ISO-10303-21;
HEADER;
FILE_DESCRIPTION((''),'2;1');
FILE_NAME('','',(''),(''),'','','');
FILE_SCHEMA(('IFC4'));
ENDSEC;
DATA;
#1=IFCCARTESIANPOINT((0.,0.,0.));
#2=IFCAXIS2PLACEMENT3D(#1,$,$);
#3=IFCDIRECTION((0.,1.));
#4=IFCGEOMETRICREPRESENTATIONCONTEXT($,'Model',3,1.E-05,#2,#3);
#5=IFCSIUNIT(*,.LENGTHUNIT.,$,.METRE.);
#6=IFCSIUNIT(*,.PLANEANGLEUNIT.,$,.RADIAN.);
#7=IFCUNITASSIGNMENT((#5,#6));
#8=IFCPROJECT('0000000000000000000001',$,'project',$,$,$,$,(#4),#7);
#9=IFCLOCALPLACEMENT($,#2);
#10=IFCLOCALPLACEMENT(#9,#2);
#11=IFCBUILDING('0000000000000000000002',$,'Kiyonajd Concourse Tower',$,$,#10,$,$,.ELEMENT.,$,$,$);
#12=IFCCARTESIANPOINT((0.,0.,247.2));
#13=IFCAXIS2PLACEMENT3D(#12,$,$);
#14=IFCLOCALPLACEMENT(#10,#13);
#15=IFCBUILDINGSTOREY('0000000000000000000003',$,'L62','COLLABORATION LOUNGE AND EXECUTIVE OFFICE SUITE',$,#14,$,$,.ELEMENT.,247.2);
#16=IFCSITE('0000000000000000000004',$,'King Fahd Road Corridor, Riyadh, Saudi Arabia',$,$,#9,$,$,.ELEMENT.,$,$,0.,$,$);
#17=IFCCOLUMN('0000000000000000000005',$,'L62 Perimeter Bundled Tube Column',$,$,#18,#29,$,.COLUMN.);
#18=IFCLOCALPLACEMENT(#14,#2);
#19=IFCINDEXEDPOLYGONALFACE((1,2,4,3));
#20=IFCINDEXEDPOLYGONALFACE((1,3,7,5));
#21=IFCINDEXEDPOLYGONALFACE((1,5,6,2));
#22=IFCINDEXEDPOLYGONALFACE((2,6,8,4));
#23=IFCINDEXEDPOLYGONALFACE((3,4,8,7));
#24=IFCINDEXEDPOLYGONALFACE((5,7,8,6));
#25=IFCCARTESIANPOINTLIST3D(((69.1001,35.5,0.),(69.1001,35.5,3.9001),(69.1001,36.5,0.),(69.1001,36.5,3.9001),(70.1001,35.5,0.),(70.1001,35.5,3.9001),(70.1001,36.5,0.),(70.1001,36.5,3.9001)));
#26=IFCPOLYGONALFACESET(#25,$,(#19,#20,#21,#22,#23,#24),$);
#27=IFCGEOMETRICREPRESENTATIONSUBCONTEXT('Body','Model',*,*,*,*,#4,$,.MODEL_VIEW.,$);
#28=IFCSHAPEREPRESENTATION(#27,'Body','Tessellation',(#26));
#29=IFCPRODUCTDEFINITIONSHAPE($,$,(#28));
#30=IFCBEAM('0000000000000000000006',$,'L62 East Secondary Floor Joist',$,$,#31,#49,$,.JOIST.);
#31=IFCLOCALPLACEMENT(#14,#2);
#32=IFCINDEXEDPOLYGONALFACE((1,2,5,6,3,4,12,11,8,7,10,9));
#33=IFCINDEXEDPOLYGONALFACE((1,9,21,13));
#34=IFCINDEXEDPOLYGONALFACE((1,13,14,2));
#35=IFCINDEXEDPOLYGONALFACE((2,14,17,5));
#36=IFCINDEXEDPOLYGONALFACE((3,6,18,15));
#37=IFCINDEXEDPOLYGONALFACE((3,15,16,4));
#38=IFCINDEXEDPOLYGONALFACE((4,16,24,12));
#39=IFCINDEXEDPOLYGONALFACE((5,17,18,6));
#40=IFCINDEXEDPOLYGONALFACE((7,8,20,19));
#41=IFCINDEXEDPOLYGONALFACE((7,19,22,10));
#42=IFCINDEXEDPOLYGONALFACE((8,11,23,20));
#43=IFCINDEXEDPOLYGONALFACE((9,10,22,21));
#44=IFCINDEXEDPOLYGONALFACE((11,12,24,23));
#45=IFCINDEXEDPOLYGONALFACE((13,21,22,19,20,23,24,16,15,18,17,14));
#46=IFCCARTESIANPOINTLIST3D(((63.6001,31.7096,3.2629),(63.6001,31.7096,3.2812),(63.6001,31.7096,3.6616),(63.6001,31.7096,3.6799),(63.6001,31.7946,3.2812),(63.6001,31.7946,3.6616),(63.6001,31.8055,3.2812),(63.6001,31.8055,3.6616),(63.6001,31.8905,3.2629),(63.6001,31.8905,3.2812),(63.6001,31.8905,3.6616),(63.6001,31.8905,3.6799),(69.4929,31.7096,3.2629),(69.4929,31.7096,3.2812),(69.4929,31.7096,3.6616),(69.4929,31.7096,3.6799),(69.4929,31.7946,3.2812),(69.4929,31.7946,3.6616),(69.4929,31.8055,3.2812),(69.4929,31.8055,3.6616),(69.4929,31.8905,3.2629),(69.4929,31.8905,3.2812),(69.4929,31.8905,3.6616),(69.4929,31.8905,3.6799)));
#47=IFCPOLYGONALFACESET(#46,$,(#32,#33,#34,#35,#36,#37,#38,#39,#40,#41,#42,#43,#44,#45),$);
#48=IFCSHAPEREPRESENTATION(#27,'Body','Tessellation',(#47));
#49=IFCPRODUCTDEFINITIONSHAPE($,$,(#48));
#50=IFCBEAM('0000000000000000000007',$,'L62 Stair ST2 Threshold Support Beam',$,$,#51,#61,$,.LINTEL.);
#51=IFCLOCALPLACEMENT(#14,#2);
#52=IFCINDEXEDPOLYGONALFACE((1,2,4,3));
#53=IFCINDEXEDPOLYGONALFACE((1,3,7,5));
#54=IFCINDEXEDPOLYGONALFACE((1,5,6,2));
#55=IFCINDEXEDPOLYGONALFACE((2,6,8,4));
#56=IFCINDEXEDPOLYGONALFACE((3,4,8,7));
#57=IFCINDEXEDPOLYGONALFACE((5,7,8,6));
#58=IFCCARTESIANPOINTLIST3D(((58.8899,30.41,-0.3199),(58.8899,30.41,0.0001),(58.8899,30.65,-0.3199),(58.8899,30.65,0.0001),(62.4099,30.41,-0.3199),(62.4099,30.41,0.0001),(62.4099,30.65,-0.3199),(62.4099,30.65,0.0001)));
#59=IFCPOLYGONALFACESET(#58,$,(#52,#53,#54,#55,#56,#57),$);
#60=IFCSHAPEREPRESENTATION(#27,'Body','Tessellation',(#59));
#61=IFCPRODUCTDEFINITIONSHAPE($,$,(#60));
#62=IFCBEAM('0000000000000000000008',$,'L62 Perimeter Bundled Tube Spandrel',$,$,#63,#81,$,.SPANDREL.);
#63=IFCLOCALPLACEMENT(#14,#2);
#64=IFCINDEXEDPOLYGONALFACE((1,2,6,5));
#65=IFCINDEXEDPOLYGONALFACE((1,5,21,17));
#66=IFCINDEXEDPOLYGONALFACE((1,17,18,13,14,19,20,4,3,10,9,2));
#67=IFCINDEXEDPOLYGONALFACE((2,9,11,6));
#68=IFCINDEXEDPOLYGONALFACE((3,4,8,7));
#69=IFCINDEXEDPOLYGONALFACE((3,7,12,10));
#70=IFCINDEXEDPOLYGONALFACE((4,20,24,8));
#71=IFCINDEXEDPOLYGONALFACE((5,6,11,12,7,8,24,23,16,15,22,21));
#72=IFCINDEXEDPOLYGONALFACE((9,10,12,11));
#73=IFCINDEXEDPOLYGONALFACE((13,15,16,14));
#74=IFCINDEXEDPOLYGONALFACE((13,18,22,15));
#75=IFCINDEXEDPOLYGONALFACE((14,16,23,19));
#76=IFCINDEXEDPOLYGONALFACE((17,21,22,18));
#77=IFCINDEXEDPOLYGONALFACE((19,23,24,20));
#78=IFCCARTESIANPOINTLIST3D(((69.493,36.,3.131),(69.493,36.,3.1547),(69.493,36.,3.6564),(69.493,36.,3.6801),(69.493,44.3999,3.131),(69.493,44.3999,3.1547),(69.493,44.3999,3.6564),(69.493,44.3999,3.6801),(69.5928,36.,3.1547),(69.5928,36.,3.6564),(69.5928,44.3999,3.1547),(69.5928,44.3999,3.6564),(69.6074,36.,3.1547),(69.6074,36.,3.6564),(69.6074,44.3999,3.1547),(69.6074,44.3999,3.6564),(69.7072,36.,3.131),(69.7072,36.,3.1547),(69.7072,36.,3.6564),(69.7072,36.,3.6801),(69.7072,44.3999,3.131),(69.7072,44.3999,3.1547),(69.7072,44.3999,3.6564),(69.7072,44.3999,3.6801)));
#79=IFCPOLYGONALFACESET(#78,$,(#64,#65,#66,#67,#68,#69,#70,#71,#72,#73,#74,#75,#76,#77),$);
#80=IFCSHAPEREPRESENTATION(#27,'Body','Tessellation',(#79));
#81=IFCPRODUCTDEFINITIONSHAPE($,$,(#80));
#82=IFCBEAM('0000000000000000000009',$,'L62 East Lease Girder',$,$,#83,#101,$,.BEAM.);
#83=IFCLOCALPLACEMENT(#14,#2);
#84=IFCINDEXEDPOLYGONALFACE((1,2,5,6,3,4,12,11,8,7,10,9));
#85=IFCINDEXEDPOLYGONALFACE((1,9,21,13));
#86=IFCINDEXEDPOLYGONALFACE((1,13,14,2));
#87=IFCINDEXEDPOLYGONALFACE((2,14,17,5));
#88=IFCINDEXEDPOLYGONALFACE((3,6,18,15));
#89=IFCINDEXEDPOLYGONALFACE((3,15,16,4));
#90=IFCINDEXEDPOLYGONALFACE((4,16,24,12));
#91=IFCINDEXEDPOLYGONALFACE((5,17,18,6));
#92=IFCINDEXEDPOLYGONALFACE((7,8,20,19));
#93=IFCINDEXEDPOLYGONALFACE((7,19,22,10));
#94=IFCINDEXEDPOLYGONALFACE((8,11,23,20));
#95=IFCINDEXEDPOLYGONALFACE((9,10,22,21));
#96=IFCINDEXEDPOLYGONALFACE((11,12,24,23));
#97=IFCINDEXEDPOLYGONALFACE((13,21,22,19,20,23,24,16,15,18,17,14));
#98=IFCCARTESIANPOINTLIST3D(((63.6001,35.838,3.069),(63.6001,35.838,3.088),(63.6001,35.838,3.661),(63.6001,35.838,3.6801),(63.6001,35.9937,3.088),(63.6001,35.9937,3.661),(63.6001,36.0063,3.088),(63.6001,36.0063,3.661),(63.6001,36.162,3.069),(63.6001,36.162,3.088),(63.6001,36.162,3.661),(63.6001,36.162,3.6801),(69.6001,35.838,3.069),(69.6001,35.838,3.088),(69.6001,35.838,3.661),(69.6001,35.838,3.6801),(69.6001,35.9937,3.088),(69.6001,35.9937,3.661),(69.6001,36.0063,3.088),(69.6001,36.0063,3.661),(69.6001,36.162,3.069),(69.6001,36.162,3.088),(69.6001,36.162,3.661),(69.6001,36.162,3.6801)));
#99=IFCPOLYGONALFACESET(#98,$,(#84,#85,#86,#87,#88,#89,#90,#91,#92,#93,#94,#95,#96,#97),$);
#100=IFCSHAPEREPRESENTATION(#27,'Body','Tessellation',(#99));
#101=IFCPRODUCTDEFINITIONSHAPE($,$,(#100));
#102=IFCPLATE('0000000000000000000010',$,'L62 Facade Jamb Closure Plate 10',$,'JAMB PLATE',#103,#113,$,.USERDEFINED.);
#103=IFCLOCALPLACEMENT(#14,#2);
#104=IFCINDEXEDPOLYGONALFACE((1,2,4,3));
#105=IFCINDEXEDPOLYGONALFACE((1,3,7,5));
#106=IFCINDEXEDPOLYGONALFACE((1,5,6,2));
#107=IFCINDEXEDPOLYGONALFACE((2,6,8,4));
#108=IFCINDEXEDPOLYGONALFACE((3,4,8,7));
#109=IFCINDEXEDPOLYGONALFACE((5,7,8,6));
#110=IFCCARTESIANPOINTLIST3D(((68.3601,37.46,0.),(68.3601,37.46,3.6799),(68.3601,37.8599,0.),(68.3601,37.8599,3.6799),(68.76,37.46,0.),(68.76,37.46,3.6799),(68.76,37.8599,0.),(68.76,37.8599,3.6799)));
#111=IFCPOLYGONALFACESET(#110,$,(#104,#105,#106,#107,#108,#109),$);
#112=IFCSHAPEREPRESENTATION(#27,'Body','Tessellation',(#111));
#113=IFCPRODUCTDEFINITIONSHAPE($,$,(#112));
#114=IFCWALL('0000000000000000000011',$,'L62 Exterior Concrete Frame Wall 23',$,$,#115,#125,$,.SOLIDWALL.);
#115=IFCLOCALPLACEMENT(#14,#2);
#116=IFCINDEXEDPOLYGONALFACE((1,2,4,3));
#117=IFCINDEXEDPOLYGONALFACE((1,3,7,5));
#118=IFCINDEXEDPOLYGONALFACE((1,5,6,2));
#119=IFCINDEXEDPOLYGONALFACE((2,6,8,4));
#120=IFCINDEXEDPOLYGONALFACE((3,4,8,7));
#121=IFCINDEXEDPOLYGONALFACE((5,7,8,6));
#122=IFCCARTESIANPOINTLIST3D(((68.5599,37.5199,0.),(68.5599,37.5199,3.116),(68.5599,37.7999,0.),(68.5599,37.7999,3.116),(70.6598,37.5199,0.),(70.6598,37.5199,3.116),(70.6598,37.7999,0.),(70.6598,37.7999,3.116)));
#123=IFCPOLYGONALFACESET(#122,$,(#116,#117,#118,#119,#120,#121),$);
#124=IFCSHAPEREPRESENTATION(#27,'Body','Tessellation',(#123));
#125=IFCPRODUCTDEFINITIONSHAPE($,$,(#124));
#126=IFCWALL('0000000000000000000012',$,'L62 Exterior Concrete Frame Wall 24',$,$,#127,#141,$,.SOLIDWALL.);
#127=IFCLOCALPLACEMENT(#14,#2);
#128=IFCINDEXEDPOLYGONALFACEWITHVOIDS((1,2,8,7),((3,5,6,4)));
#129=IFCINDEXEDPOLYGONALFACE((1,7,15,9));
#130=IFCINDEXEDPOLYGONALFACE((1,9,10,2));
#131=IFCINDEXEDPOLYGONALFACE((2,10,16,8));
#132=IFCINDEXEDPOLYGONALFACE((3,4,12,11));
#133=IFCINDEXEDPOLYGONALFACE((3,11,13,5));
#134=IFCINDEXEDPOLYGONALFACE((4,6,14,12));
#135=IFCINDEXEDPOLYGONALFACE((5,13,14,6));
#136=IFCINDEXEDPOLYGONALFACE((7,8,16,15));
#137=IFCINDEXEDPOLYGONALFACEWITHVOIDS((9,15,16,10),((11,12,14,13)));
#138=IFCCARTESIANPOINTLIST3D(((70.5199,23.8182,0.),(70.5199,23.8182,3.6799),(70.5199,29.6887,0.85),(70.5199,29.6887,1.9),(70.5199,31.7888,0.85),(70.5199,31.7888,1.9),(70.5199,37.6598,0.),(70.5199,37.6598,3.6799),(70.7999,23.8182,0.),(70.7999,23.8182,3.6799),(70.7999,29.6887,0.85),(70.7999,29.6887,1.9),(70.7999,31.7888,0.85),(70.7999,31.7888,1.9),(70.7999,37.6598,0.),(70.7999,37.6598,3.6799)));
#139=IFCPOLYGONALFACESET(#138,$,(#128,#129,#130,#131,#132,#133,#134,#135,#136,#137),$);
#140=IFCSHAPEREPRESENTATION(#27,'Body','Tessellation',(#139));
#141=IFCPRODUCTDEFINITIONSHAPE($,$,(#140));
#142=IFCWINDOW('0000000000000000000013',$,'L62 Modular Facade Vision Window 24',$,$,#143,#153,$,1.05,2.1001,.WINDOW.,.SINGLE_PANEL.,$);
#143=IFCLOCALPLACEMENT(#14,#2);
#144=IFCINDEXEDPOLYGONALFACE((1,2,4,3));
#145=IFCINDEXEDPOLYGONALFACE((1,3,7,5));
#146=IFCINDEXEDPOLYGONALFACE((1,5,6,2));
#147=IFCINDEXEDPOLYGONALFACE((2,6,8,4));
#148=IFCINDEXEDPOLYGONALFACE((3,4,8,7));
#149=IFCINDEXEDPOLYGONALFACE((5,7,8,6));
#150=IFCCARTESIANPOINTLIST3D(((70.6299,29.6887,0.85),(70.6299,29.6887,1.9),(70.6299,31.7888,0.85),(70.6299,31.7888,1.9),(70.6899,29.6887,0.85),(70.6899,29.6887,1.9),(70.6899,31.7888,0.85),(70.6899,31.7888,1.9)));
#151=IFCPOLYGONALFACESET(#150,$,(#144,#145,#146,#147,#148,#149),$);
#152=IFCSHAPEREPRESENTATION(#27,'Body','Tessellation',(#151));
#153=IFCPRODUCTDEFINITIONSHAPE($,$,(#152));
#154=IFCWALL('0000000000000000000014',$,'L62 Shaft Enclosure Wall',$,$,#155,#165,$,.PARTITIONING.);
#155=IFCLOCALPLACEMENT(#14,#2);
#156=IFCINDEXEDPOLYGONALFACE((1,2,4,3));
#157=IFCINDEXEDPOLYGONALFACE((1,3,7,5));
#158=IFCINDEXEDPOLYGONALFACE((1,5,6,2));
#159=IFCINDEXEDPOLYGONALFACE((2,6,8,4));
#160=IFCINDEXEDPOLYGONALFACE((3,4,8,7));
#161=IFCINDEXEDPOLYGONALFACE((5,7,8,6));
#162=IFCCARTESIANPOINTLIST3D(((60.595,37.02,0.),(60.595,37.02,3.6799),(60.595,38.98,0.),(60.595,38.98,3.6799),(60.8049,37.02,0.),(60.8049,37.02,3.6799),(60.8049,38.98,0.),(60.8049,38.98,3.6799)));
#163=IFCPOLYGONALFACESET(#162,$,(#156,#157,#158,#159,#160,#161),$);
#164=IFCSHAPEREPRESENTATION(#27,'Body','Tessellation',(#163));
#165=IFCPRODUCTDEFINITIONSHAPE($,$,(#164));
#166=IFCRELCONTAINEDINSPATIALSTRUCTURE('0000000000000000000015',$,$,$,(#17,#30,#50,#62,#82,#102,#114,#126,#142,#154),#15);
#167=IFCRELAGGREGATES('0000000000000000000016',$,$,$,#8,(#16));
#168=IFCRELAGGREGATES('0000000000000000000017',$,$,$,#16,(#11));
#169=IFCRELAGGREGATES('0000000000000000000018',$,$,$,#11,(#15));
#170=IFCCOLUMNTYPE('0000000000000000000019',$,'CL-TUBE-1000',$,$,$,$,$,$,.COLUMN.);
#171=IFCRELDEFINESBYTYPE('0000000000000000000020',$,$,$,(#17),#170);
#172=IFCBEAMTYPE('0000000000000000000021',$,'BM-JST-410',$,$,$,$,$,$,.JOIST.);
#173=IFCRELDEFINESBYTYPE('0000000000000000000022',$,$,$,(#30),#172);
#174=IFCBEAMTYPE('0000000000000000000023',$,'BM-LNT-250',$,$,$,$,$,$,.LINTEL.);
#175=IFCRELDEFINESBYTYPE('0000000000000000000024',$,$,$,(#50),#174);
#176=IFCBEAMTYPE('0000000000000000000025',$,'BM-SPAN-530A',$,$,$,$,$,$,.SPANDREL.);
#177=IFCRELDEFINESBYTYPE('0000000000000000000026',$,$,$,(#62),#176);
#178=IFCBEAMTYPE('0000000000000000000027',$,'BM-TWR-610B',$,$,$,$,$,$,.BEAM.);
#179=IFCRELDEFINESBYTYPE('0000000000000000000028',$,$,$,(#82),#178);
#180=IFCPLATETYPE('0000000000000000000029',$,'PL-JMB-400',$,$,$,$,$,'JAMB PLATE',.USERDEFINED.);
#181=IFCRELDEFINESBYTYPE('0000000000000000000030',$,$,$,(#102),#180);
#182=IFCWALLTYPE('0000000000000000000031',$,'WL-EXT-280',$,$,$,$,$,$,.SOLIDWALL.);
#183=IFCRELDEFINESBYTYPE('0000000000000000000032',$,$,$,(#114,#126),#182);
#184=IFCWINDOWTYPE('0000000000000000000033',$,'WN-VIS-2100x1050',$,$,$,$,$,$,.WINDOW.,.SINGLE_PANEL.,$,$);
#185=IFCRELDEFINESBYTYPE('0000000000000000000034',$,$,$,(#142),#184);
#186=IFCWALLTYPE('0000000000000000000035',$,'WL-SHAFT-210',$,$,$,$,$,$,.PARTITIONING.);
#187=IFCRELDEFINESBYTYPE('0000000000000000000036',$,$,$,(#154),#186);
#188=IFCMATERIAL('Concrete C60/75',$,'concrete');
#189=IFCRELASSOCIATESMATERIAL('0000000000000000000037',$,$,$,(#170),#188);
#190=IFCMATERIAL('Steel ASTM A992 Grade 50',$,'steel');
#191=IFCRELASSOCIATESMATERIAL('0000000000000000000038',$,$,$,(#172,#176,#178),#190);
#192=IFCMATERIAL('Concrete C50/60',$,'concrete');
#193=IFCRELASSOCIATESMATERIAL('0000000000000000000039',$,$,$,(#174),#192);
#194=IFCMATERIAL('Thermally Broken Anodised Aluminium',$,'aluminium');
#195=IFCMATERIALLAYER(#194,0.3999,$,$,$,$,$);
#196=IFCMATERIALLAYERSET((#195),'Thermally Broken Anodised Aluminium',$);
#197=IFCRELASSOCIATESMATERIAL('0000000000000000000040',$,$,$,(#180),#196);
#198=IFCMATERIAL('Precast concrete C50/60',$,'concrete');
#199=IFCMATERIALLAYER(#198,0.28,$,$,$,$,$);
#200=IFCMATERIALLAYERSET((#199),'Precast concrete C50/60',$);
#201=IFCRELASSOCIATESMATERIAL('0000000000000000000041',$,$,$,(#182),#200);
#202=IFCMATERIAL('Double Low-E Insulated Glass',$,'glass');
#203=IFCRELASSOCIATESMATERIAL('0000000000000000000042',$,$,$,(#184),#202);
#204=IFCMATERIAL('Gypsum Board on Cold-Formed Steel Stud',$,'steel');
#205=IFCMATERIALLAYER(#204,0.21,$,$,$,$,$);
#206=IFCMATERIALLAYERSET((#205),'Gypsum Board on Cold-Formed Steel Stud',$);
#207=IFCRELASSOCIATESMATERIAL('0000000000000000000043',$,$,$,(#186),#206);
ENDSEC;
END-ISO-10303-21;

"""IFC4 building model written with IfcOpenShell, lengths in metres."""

from ifc_helpers import new_model, si_unit, direction, frame, frame_2d, origin, origin_2d, place, context, subcontext, project, spatial, rectangle, i_section, extrude, material, layer, layer_set, material_profile, profile_set, type_object, element, fill, save


model = new_model("IFC4")

# Units and contexts
model_context = context("Model", 3, precision=1e-05, world=origin(), true_north=direction((0.0, 1.0)))
body_context = subcontext(model_context, "Body", "Model", "MODEL_VIEW")
ifc_project = project(units=[si_unit("LENGTHUNIT", "METRE"), si_unit("PLANEANGLEUNIT", "RADIAN")], contexts=[model_context])

# Site, building, storey
site_placement = place(None, origin())
site = spatial("IfcSite", under=ifc_project, at=site_placement, Name="King Fahd Road Corridor, Riyadh, Saudi Arabia", CompositionType="ELEMENT", RefElevation=0.0)
building_placement = place(site_placement, origin())
building = spatial("IfcBuilding", under=site, at=building_placement, Name="Kiyonajd Concourse Tower", CompositionType="ELEMENT")
storey_placement = place(building_placement, frame((0.0, 0.0, 247.2)))
storey = spatial("IfcBuildingStorey", under=building, at=storey_placement, Name="L62", Description="COLLABORATION LOUNGE AND EXECUTIVE OFFICE SUITE", CompositionType="ELEMENT", Elevation=247.2)

# Column
ifc_material_1 = material(Name="Concrete C60/75", Category="concrete")
ifc_material_profile_1 = material_profile(ifc_material_1, rectangle(XDim=1.0, YDim=1.0, at=origin_2d()), Name="RC-1000x1000")
ifc_profile_set_1 = profile_set([ifc_material_profile_1], Name="Concrete C60/75")
column_type = type_object("IfcColumnType", Name="CL-TUBE-1000", PredefinedType="COLUMN", material=ifc_profile_set_1)
column_placement = place(storey_placement, frame((69.6001, 36.0, 0.0), z_axis=(0.0, 0.0, 1.0), x_axis=(1.0, 0.0, 0.0)))
element("IfcColumn", 1, at=column_placement, inside=storey, type_object=column_type, Name="L62 Perimeter Bundled Tube Column", PredefinedType="COLUMN", context=body_context, shape_type="SweptSolid", body=[
    extrude(rectangle(XDim=1.0, YDim=1.0, at=origin_2d()), origin(), (0.0, 0.0, 1.0), 3.9001),
])

# Beams
ifc_material_2 = material(Name="Steel ASTM A992 Grade 50", Category="steel")
ifc_material_profile_2 = material_profile(ifc_material_2, i_section(OverallWidth=0.1809, OverallDepth=0.417, WebThickness=0.011, FlangeThickness=0.0183, at=origin_2d()), Name="W410X85")
ifc_profile_set_2 = profile_set([ifc_material_profile_2], Name="Steel ASTM A992 Grade 50")
beam_type_1 = type_object("IfcBeamType", Name="BM-JST-410", PredefinedType="JOIST", material=ifc_profile_set_2)
beam_1_placement = place(storey_placement, frame((63.6001, 31.8, 3.4714), z_axis=(1.0, 0.0, 0.0), x_axis=(0.0, 1.0, 0.0)))
element("IfcBeam", 2, at=beam_1_placement, inside=storey, type_object=beam_type_1, Name="L62 East Secondary Floor Joist", PredefinedType="JOIST", context=body_context, shape_type="SweptSolid", body=[
    extrude(i_section(OverallWidth=0.1809, OverallDepth=0.417, WebThickness=0.011, FlangeThickness=0.0183, at=origin_2d()), origin(), (0.0, 0.0, 1.0), 5.8928),
])
ifc_material_3 = material(Name="Concrete C50/60", Category="concrete")
ifc_material_profile_3 = material_profile(ifc_material_3, rectangle(XDim=0.24, YDim=0.3201, at=origin_2d()), Name="RCBM-240x320")
ifc_profile_set_3 = profile_set([ifc_material_profile_3], Name="Concrete C50/60")
beam_type_2 = type_object("IfcBeamType", Name="BM-LNT-250", PredefinedType="LINTEL", material=ifc_profile_set_3)
beam_2_placement = place(storey_placement, frame((58.8899, 30.53, -0.1599), z_axis=(1.0, 0.0, 0.0), x_axis=(0.0, 1.0, 0.0)))
element("IfcBeam", 3, at=beam_2_placement, inside=storey, type_object=beam_type_2, Name="L62 Stair ST2 Threshold Support Beam", PredefinedType="LINTEL", context=body_context, shape_type="SweptSolid", body=[
    extrude(rectangle(XDim=0.24, YDim=0.3201, at=origin_2d()), origin(), (0.0, 0.0, 1.0), 3.52),
])
ifc_material_profile_4 = material_profile(ifc_material_2, i_section(OverallWidth=0.2141, OverallDepth=0.5491, WebThickness=0.0146, FlangeThickness=0.0237, at=origin_2d()), Name="W530X138")
ifc_profile_set_4 = profile_set([ifc_material_profile_4], Name="Steel ASTM A992 Grade 50")
beam_type_3 = type_object("IfcBeamType", Name="BM-SPAN-530A", PredefinedType="SPANDREL", material=ifc_profile_set_4)
beam_3_placement = place(storey_placement, frame((69.6001, 36.0, 3.4055), z_axis=(0.0, 1.0, 0.0), x_axis=(-1.0, 0.0, 0.0)))
element("IfcBeam", 4, at=beam_3_placement, inside=storey, type_object=beam_type_3, Name="L62 Perimeter Bundled Tube Spandrel", PredefinedType="SPANDREL", context=body_context, shape_type="SweptSolid", body=[
    extrude(i_section(OverallWidth=0.2141, OverallDepth=0.5491, WebThickness=0.0146, FlangeThickness=0.0237, at=origin_2d()), origin(), (0.0, 0.0, 1.0), 8.3999),
])
ifc_material_profile_5 = material_profile(ifc_material_2, i_section(OverallWidth=0.324, OverallDepth=0.6111, WebThickness=0.0127, FlangeThickness=0.019, at=origin_2d()), Name="W610X155")
ifc_profile_set_5 = profile_set([ifc_material_profile_5], Name="Steel ASTM A992 Grade 50")
beam_type_4 = type_object("IfcBeamType", Name="BM-TWR-610B", PredefinedType="BEAM", material=ifc_profile_set_5)
beam_4_placement = place(storey_placement, frame((63.6001, 36.0, 3.3745), z_axis=(1.0, 0.0, 0.0), x_axis=(0.0, 1.0, 0.0)))
element("IfcBeam", 5, at=beam_4_placement, inside=storey, type_object=beam_type_4, Name="L62 East Lease Girder", PredefinedType="BEAM", context=body_context, shape_type="SweptSolid", body=[
    extrude(i_section(OverallWidth=0.324, OverallDepth=0.6111, WebThickness=0.0127, FlangeThickness=0.019, at=origin_2d()), origin(), (0.0, 0.0, 1.0), 6.0),
])

# Plate
ifc_material_4 = material(Name="Thermally Broken Anodised Aluminium", Category="aluminium")
ifc_layer_1 = layer(ifc_material_4, 0.3999)
ifc_layer_set_1 = layer_set([ifc_layer_1], Name="Thermally Broken Anodised Aluminium")
plate_type = type_object("IfcPlateType", Name="PL-JMB-400", ElementType="JAMB PLATE", PredefinedType="USERDEFINED", material=ifc_layer_set_1)
plate_placement = place(storey_placement, frame((68.5601, 37.6599, 0.0), z_axis=(0.0, 0.0, 1.0), x_axis=(1.0, 0.0, 0.0)))
element("IfcPlate", 6, at=plate_placement, inside=storey, type_object=plate_type, Name="L62 Facade Jamb Closure Plate 10", ObjectType="JAMB PLATE", PredefinedType="USERDEFINED", context=body_context, shape_type="SweptSolid", body=[
    extrude(rectangle(XDim=0.3999, YDim=0.3999, at=origin_2d()), origin(), (0.0, 0.0, 1.0), 3.6799),
])

# Wall
ifc_material_5 = material(Name="Precast concrete C50/60", Category="concrete")
ifc_layer_2 = layer(ifc_material_5, 0.28)
ifc_layer_set_2 = layer_set([ifc_layer_2], Name="Precast concrete C50/60")
wall_type_1 = type_object("IfcWallType", Name="WL-EXT-280", PredefinedType="SOLIDWALL", material=ifc_layer_set_2)
wall_1_placement = place(storey_placement, frame((68.5601, 37.6599, 0.0), z_axis=(0.0, 0.0, 1.0), x_axis=(1.0, 0.0, 0.0)))
element("IfcWall", 7, at=wall_1_placement, inside=storey, type_object=wall_type_1, Name="L62 Exterior Concrete Frame Wall 23", PredefinedType="SOLIDWALL", context=body_context, shape_type="SweptSolid", body=[
    extrude(rectangle(XDim=2.0999, YDim=0.28, at=frame_2d((1.0498, 0.0))), origin(), (0.0, 0.0, 1.0), 3.116),
])

# Wall, opening, window
wall_2_placement = place(storey_placement, frame((70.6599, 37.6599, 0.0), z_axis=(0.0, 0.0, 1.0), x_axis=(0.0, -1.0, 0.0)))
wall_2 = element("IfcWall", 8, at=wall_2_placement, inside=storey, type_object=wall_type_1, Name="L62 Exterior Concrete Frame Wall 24", PredefinedType="SOLIDWALL", context=body_context, shape_type="SweptSolid", body=[
    extrude(rectangle(XDim=13.8416, YDim=0.28, at=frame_2d((6.9209, 0.0))), origin(), (0.0, 0.0, 1.0), 3.6799),
])
opening_1_placement = place(wall_2_placement, frame((5.8711, 0.0, 0.8501)))
opening_1 = element("IfcOpeningElement", 9, at=opening_1_placement, cuts=wall_2, PredefinedType="OPENING", context=body_context, shape_type="SweptSolid", body=[
    extrude(rectangle(XDim=2.1001, YDim=1.05, at=frame_2d((1.05, 0.5249))), frame((0.0, 0.1499, 0.0), z_axis=(0.0, -1.0, 0.0), x_axis=(1.0, 0.0, 0.0)), (0.0, 0.0, 1.0), 0.3),
])
ifc_material_6 = material(Name="Double Low-E Insulated Glass", Category="glass")
window_type = type_object("IfcWindowType", Name="WN-VIS-2100x1050", PartitioningType="SINGLE_PANEL", PredefinedType="WINDOW", material=ifc_material_6)
window_placement = place(opening_1_placement, origin())
window = element("IfcWindow", 10, at=window_placement, inside=storey, type_object=window_type, Name="L62 Modular Facade Vision Window 24", OverallHeight=1.05, OverallWidth=2.1001, PartitioningType="SINGLE_PANEL", PredefinedType="WINDOW", context=body_context, shape_type="SweptSolid", body=[
    extrude(rectangle(XDim=2.1001, YDim=1.05, at=frame_2d((1.05, 0.5249))), frame((0.0, 0.03, 0.0), z_axis=(0.0, -1.0, 0.0), x_axis=(1.0, 0.0, 0.0)), (0.0, 0.0, 1.0), 0.0601),
])
fill(opening_1, window)

# Wall
ifc_material_7 = material(Name="Gypsum Board on Cold-Formed Steel Stud", Category="steel")
ifc_layer_3 = layer(ifc_material_7, 0.21)
ifc_layer_set_3 = layer_set([ifc_layer_3], Name="Gypsum Board on Cold-Formed Steel Stud")
wall_type_2 = type_object("IfcWallType", Name="WL-SHAFT-210", PredefinedType="PARTITIONING", material=ifc_layer_set_3)
wall_3_placement = place(storey_placement, frame((60.7, 37.02, 0.0), z_axis=(0.0, 0.0, 1.0), x_axis=(0.0, 1.0, 0.0)))
element("IfcWall", 11, at=wall_3_placement, inside=storey, type_object=wall_type_2, Name="L62 Shaft Enclosure Wall", PredefinedType="PARTITIONING", context=body_context, shape_type="SweptSolid", body=[
    extrude(rectangle(XDim=1.96, YDim=0.21, at=frame_2d((0.98, 0.0))), origin(), (0.0, 0.0, 1.0), 3.6799),
])

save(model, "model.ifc")
